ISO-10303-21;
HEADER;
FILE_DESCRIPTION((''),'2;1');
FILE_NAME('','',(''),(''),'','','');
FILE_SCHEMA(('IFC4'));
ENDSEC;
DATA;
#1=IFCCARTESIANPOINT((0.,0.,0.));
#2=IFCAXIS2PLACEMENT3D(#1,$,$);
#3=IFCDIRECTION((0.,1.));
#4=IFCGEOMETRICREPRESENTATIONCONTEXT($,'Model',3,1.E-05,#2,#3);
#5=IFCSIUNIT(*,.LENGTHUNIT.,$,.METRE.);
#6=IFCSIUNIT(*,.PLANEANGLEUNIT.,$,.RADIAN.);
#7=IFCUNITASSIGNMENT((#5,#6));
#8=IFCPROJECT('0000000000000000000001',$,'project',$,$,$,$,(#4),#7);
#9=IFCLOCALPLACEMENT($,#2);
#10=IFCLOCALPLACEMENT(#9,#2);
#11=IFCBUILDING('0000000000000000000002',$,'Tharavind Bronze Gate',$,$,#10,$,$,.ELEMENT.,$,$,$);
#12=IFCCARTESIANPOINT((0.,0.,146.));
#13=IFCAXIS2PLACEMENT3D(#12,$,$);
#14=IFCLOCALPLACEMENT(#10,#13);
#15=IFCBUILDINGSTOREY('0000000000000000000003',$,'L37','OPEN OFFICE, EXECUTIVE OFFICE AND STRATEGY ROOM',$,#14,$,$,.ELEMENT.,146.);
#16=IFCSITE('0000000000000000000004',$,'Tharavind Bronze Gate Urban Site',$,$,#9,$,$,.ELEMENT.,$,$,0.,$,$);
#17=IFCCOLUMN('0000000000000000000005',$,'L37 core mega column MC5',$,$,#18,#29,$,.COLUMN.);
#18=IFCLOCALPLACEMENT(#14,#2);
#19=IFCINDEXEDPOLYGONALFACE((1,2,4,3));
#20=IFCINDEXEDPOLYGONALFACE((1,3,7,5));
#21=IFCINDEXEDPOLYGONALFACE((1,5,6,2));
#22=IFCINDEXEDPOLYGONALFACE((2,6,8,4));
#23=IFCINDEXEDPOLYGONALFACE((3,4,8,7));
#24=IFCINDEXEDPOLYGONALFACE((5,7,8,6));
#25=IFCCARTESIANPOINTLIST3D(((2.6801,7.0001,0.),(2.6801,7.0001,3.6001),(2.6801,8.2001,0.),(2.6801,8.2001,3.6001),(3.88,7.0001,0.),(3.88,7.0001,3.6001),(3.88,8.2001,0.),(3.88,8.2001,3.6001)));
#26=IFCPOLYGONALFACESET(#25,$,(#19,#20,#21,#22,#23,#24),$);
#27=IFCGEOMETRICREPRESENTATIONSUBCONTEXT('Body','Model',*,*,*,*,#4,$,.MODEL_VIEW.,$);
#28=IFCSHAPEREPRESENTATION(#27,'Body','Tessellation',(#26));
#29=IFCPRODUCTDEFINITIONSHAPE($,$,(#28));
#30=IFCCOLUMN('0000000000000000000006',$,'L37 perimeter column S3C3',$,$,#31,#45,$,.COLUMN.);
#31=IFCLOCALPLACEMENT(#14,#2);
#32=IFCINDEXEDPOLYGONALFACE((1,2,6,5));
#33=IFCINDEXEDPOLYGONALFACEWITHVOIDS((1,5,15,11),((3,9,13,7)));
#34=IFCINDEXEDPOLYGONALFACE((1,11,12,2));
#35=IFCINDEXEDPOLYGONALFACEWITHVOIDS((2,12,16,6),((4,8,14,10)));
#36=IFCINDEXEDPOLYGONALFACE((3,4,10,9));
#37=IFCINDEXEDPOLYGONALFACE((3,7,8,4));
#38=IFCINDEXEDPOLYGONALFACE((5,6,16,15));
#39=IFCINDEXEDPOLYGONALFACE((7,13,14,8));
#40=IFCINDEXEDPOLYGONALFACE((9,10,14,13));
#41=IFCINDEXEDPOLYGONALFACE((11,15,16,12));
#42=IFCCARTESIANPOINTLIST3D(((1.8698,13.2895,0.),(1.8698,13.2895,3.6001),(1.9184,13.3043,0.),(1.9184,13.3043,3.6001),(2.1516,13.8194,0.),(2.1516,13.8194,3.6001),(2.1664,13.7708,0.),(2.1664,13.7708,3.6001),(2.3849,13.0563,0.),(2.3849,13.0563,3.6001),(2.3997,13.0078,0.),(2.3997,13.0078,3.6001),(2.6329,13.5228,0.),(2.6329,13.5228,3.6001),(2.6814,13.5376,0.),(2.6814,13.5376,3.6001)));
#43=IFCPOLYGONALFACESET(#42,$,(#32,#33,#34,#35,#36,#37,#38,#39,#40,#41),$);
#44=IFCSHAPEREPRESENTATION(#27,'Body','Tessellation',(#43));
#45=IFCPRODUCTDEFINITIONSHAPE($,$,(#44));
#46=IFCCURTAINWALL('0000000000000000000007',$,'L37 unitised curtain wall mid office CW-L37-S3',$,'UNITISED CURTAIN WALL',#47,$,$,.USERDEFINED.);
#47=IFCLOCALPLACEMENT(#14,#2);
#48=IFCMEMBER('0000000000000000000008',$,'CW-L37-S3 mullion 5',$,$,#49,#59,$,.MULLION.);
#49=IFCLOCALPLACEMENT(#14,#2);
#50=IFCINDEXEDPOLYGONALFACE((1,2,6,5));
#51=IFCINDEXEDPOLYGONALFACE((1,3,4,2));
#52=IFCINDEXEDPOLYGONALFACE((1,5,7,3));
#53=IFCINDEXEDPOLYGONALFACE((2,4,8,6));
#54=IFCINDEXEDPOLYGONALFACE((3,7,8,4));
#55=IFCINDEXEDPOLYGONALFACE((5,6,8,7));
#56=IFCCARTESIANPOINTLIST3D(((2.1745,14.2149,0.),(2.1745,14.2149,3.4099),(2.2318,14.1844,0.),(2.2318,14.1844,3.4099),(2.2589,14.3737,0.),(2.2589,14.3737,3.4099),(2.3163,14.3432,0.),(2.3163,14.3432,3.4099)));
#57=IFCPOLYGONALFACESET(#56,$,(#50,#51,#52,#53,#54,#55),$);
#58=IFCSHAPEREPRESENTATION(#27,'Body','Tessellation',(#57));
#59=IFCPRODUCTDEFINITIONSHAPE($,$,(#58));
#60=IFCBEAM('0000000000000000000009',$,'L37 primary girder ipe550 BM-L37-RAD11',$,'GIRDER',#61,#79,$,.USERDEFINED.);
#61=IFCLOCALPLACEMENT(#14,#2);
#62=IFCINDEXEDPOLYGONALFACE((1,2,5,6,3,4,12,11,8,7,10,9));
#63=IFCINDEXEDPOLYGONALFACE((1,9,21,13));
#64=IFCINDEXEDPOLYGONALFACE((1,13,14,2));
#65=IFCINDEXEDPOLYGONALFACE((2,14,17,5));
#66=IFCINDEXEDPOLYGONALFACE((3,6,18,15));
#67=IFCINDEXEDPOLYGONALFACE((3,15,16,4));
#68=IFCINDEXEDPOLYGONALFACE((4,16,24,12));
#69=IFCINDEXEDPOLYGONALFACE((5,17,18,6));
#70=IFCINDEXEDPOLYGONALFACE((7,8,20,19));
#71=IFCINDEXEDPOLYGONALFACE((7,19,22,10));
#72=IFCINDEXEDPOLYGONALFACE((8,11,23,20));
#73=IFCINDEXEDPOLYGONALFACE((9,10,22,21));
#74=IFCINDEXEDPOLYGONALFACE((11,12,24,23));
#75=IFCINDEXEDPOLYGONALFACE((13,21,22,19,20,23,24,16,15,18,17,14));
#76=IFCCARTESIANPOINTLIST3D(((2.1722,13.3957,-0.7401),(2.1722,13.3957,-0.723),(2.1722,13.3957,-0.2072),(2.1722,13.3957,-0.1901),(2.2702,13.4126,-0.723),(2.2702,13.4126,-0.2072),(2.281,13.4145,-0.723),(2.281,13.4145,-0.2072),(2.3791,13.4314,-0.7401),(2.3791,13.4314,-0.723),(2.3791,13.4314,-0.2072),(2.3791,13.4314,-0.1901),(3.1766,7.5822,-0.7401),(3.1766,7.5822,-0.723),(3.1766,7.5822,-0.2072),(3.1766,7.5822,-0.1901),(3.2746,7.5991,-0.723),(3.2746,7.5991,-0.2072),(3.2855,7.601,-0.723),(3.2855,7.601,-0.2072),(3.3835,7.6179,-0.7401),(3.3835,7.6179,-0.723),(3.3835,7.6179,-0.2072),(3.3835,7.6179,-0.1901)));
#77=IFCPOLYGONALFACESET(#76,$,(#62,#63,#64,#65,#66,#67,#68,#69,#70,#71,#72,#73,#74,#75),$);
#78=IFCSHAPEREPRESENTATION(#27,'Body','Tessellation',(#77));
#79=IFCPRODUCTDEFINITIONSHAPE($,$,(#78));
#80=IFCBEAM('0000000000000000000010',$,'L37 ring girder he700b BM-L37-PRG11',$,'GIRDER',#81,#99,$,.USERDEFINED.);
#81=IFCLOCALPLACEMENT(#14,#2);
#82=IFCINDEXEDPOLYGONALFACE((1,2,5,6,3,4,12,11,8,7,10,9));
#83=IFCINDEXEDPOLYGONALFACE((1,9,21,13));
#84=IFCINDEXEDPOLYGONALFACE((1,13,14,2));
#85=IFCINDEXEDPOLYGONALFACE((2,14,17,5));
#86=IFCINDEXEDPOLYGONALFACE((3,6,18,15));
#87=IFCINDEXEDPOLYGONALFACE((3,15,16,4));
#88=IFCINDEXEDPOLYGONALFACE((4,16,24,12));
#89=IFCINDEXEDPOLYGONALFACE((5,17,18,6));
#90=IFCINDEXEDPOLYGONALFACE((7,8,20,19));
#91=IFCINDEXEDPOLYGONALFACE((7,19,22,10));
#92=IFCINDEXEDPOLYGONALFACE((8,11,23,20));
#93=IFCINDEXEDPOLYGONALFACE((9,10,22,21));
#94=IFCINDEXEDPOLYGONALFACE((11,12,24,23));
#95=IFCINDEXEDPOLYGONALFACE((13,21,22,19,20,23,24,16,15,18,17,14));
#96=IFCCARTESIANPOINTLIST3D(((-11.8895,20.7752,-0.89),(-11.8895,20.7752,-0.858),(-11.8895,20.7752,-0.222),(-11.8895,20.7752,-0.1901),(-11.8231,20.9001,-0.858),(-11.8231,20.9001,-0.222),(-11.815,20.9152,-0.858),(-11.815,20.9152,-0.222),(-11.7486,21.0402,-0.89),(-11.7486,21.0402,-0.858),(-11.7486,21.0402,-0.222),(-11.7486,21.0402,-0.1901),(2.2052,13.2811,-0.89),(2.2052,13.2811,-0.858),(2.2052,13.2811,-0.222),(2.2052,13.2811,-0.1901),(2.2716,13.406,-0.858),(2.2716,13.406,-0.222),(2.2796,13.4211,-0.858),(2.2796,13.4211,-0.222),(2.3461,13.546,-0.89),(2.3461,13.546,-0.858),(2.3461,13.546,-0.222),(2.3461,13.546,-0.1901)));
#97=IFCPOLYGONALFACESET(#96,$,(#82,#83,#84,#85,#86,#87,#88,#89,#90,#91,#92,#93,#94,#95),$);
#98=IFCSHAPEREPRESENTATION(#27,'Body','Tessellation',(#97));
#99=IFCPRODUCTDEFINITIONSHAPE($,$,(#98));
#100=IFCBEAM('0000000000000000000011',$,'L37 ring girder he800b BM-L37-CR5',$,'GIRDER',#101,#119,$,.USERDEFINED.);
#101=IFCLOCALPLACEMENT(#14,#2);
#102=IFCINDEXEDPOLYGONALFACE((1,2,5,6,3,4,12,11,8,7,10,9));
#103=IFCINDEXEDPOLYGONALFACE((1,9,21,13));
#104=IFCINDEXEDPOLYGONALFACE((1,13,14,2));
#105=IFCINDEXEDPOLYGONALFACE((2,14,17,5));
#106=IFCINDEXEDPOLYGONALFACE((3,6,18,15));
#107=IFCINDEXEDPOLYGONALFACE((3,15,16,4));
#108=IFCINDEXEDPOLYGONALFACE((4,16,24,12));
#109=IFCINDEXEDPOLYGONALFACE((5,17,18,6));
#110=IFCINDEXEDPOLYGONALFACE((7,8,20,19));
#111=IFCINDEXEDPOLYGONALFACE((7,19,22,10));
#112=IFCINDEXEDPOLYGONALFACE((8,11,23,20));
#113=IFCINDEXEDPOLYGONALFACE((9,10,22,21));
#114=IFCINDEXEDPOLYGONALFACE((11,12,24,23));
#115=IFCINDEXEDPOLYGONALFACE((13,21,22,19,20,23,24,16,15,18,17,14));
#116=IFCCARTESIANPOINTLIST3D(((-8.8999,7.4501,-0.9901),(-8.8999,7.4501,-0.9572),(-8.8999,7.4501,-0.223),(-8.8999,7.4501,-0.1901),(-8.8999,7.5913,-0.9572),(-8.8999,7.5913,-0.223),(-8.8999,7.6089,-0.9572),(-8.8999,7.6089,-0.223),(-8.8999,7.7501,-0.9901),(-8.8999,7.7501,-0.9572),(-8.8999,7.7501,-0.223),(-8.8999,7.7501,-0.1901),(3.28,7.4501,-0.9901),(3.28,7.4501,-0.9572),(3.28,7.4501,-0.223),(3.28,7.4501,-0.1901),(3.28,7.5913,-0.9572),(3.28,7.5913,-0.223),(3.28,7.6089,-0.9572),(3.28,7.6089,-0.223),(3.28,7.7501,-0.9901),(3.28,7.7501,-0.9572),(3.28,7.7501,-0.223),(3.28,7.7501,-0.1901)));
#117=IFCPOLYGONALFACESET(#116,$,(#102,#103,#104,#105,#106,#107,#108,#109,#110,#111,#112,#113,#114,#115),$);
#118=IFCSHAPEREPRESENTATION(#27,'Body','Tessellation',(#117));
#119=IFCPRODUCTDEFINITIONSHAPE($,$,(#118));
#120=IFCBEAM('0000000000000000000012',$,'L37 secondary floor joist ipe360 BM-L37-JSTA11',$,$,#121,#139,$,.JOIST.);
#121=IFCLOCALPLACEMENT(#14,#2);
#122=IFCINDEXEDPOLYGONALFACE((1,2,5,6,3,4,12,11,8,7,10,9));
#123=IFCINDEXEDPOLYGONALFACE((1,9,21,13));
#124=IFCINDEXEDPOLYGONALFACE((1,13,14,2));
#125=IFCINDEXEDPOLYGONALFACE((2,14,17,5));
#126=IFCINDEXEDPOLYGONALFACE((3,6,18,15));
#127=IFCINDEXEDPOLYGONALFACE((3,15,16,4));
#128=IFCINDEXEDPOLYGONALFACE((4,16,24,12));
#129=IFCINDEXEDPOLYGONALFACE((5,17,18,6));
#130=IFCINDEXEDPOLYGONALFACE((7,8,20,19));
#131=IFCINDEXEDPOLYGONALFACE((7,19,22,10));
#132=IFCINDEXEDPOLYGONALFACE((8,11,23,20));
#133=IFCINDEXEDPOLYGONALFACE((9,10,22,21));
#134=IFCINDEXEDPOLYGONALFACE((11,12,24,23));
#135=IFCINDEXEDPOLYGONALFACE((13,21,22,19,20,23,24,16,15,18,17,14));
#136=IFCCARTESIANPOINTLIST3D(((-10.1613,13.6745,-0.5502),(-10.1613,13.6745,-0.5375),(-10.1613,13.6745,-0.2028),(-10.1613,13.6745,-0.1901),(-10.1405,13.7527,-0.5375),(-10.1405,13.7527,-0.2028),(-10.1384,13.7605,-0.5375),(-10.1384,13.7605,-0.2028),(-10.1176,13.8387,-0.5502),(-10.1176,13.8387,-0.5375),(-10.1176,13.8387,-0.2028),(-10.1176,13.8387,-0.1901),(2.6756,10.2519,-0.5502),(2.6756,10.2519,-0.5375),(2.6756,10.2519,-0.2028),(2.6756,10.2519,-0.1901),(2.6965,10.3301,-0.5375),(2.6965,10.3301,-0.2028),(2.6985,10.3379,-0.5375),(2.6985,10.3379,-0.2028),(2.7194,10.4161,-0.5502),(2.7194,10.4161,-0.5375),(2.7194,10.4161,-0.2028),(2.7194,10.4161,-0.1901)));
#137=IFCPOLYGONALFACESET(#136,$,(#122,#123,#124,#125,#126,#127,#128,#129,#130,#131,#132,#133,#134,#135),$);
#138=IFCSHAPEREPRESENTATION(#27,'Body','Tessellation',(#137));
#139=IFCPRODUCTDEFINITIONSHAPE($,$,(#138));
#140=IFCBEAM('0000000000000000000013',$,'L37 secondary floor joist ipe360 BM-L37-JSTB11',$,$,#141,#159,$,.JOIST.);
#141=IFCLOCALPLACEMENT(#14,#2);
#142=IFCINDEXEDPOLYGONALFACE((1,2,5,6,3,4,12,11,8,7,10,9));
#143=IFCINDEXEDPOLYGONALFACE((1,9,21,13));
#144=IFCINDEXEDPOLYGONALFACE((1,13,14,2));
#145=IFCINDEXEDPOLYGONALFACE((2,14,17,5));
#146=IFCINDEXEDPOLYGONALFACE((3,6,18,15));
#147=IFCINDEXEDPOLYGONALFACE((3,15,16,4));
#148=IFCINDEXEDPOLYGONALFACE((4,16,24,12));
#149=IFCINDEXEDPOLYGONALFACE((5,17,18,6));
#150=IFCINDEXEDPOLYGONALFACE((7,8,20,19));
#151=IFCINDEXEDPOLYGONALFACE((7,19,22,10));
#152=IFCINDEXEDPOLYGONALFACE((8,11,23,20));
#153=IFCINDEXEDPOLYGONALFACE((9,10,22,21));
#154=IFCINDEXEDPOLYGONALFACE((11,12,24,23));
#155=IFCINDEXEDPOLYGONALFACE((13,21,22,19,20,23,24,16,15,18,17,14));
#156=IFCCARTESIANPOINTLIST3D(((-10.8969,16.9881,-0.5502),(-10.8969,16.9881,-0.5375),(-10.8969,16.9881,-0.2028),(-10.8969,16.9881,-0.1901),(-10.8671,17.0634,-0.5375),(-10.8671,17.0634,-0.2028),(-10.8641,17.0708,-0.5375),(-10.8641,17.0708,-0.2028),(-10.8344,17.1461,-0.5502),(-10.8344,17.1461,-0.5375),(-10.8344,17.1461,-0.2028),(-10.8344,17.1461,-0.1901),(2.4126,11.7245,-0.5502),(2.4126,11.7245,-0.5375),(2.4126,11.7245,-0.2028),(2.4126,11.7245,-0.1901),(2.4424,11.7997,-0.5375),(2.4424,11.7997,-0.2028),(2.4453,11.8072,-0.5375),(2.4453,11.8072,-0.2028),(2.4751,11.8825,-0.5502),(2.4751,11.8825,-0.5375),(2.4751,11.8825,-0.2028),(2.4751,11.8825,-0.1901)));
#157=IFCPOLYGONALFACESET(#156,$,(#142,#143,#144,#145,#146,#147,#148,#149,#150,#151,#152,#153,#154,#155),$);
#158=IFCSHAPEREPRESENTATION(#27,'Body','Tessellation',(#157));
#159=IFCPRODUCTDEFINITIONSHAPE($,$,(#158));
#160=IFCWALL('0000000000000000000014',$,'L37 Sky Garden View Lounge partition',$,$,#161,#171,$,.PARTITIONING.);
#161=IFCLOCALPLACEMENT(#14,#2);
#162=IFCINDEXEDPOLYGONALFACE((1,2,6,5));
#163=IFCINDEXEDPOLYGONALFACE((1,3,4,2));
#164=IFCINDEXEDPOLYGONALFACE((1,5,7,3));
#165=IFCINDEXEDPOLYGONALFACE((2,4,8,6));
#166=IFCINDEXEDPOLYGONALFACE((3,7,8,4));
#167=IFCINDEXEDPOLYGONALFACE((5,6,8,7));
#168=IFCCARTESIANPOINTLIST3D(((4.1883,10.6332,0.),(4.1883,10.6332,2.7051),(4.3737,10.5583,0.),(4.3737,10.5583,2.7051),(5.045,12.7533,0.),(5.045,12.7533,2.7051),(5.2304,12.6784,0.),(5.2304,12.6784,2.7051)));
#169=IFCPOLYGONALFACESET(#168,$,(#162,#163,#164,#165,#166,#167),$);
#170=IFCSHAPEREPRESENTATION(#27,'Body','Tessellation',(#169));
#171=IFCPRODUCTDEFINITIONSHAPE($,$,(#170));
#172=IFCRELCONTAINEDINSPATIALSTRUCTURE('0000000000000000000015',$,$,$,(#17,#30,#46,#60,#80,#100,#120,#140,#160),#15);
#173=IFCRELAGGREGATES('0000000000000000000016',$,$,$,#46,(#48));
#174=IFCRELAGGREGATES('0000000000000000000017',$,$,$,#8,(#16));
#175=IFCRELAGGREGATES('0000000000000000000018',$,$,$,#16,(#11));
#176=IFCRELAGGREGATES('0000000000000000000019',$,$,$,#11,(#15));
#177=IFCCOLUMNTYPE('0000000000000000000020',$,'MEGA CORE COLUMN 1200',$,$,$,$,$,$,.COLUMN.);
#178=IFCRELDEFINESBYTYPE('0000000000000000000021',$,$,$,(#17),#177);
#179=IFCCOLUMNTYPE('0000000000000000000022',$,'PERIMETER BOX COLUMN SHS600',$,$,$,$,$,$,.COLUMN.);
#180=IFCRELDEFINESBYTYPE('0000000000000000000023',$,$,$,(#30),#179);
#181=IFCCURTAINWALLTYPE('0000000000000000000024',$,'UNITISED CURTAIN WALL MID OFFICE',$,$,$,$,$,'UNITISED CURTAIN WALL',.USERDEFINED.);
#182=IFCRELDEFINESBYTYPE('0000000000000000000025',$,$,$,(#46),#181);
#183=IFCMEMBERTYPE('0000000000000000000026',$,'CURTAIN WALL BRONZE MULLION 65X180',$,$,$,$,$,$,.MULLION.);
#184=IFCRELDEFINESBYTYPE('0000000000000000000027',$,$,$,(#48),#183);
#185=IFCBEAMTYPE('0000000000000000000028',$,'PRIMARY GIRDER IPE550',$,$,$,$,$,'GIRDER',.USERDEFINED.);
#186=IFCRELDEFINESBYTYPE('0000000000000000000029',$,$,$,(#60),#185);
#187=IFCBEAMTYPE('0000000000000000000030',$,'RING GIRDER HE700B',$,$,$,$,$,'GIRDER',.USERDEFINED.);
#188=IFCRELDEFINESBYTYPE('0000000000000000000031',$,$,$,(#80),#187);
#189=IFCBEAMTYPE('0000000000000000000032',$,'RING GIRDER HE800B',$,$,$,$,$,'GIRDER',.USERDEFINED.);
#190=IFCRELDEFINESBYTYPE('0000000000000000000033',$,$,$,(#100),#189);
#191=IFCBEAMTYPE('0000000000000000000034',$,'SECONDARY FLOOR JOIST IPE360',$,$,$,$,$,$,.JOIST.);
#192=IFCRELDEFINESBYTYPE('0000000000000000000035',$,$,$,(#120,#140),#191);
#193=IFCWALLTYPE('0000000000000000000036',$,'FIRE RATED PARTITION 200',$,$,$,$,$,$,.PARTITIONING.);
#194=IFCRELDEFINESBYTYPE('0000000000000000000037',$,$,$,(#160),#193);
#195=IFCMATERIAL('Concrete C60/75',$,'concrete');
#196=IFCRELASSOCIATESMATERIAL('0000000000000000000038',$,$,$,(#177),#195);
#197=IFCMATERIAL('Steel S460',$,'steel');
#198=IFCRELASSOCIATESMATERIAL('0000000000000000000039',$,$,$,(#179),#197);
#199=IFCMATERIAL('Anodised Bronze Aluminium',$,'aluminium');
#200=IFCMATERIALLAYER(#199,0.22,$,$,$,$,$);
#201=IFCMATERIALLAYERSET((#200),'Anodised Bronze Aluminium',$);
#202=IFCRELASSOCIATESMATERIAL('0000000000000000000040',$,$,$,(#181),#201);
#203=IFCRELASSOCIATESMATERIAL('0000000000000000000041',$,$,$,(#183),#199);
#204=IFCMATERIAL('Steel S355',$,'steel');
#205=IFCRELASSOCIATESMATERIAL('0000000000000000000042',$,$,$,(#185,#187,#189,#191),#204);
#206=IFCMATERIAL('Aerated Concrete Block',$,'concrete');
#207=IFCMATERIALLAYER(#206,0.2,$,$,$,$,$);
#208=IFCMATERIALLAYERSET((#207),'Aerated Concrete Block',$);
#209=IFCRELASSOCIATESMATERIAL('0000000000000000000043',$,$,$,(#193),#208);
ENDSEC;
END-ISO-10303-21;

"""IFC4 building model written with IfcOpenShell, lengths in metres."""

from ifc_helpers import new_model, si_unit, direction, frame, frame_2d, origin, origin_2d, place, context, subcontext, project, spatial, rectangle, hollow_rectangle, i_section, extrude, material, layer, layer_set, material_profile, profile_set, type_object, element, aggregate, save


model = new_model("IFC4")

# Units and contexts
model_context = context("Model", 3, precision=1e-05, world=origin(), true_north=direction((0.0, 1.0)))
body_context = subcontext(model_context, "Body", "Model", "MODEL_VIEW")
ifc_project = project(units=[si_unit("LENGTHUNIT", "METRE"), si_unit("PLANEANGLEUNIT", "RADIAN")], contexts=[model_context])

# Site, building, storey
site_placement = place(None, origin())
site = spatial("IfcSite", under=ifc_project, at=site_placement, Name="Tharavind Bronze Gate Urban Site", CompositionType="ELEMENT", RefElevation=0.0)
building_placement = place(site_placement, origin())
building = spatial("IfcBuilding", under=site, at=building_placement, Name="Tharavind Bronze Gate", CompositionType="ELEMENT")
storey_placement = place(building_placement, frame((0.0, 0.0, 146.0)))
storey = spatial("IfcBuildingStorey", under=building, at=storey_placement, Name="L37", Description="OPEN OFFICE, EXECUTIVE OFFICE AND STRATEGY ROOM", CompositionType="ELEMENT", Elevation=146.0)

# Columns
ifc_material_1 = material(Name="Concrete C60/75", Category="concrete")
ifc_material_profile_1 = material_profile(ifc_material_1, rectangle(XDim=1.2, YDim=1.2, at=origin_2d()), Name="RCCOL1200")
ifc_profile_set_1 = profile_set([ifc_material_profile_1], Name="Concrete C60/75")
column_type_1 = type_object("IfcColumnType", Name="MEGA CORE COLUMN 1200", PredefinedType="COLUMN", material=ifc_profile_set_1)
column_1_placement = place(storey_placement, frame((3.28, 7.6001, 0.0), z_axis=(0.0, 0.0, 1.0), x_axis=(1.0, 0.0, 0.0)))
element("IfcColumn", 1, at=column_1_placement, inside=storey, type_object=column_type_1, Name="L37 core mega column MC5", PredefinedType="COLUMN", context=body_context, shape_type="SweptSolid", body=[
    extrude(rectangle(XDim=1.2, YDim=1.2, at=origin_2d()), origin(), (0.0, 0.0, 1.0), 3.6001),
])
ifc_material_2 = material(Name="Steel S460", Category="steel")
ifc_material_profile_2 = material_profile(ifc_material_2, hollow_rectangle(XDim=0.6001, YDim=0.6001, WallThickness=0.0359, at=origin_2d()), Name="SHS600X36")
ifc_profile_set_2 = profile_set([ifc_material_profile_2], Name="Steel S460")
column_type_2 = type_object("IfcColumnType", Name="PERIMETER BOX COLUMN SHS600", PredefinedType="COLUMN", material=ifc_profile_set_2)
column_2_placement = place(storey_placement, frame((2.2756, 13.4136, 0.0), z_axis=(0.0, 0.0, 1.0), x_axis=(-0.882948, 0.46947, 0.0)))
element("IfcColumn", 2, at=column_2_placement, inside=storey, type_object=column_type_2, Name="L37 perimeter column S3C3", PredefinedType="COLUMN", context=body_context, shape_type="SweptSolid", body=[
    extrude(hollow_rectangle(XDim=0.6001, YDim=0.6001, WallThickness=0.0359, at=origin_2d()), origin(), (0.0, 0.0, 1.0), 3.6001),
])

# Curtain wall, member
ifc_material_3 = material(Name="Anodised Bronze Aluminium", Category="aluminium")
ifc_layer_1 = layer(ifc_material_3, 0.22)
ifc_layer_set_1 = layer_set([ifc_layer_1], Name="Anodised Bronze Aluminium")
curtain_wall_type = type_object("IfcCurtainWallType", Name="UNITISED CURTAIN WALL MID OFFICE", ElementType="UNITISED CURTAIN WALL", PredefinedType="USERDEFINED", material=ifc_layer_set_1)
curtain_wall_placement = place(storey_placement, origin())
curtain_wall = element("IfcCurtainWall", 3, at=curtain_wall_placement, inside=storey, type_object=curtain_wall_type, Name="L37 unitised curtain wall mid office CW-L37-S3", ObjectType="UNITISED CURTAIN WALL", PredefinedType="USERDEFINED")
member_type = type_object("IfcMemberType", Name="CURTAIN WALL BRONZE MULLION 65X180", PredefinedType="MULLION", material=ifc_material_3)
member_placement = place(storey_placement, frame((2.2454, 14.2791, 0.0), z_axis=(0.0, 0.0, 1.0), x_axis=(-0.882948, 0.469472, 0.0)))
member = element("IfcMember", 4, at=member_placement, type_object=member_type, Name="CW-L37-S3 mullion 5", PredefinedType="MULLION", context=body_context, shape_type="SweptSolid", body=[
    extrude(rectangle(XDim=0.0649, YDim=0.1799, at=origin_2d()), origin(), (0.0, 0.0, 1.0), 3.4099),
])
aggregate(curtain_wall, [member])

# Beams
ifc_material_4 = material(Name="Steel S355", Category="steel")
ifc_material_profile_3 = material_profile(ifc_material_4, i_section(OverallWidth=0.21, OverallDepth=0.55, WebThickness=0.011, FlangeThickness=0.0171, at=origin_2d()), Name="IPE550")
ifc_profile_set_3 = profile_set([ifc_material_profile_3], Name="Steel S355")
beam_type_1 = type_object("IfcBeamType", Name="PRIMARY GIRDER IPE550", ElementType="GIRDER", PredefinedType="USERDEFINED", material=ifc_profile_set_3)
beam_1_placement = place(storey_placement, frame((2.2756, 13.4136, -0.4651), z_axis=(0.170248, -0.985401, 0.0), x_axis=(0.985401, 0.170248, 0.0)))
element("IfcBeam", 5, at=beam_1_placement, inside=storey, type_object=beam_type_1, Name="L37 primary girder ipe550 BM-L37-RAD11", ObjectType="GIRDER", PredefinedType="USERDEFINED", context=body_context, shape_type="SweptSolid", body=[
    extrude(i_section(OverallWidth=0.21, OverallDepth=0.55, WebThickness=0.011, FlangeThickness=0.0171, at=origin_2d()), origin(), (0.0, 0.0, 1.0), 5.8997),
])
ifc_material_profile_4 = material_profile(ifc_material_4, i_section(OverallWidth=0.3, OverallDepth=0.7, WebThickness=0.0171, FlangeThickness=0.032, at=origin_2d()), Name="HE700B")
ifc_profile_set_4 = profile_set([ifc_material_profile_4], Name="Steel S355")
beam_type_2 = type_object("IfcBeamType", Name="RING GIRDER HE700B", ElementType="GIRDER", PredefinedType="USERDEFINED", material=ifc_profile_set_4)
beam_2_placement = place(storey_placement, frame((2.2756, 13.4136, -0.54), z_axis=(-0.882952, 0.469464, 0.0), x_axis=(-0.469464, -0.882952, 0.0)))
element("IfcBeam", 6, at=beam_2_placement, inside=storey, type_object=beam_type_2, Name="L37 ring girder he700b BM-L37-PRG11", ObjectType="GIRDER", PredefinedType="USERDEFINED", context=body_context, shape_type="SweptSolid", body=[
    extrude(i_section(OverallWidth=0.3, OverallDepth=0.7, WebThickness=0.0171, FlangeThickness=0.032, at=origin_2d()), origin(), (0.0, 0.0, 1.0), 15.9631),
])
ifc_material_profile_5 = material_profile(ifc_material_4, i_section(OverallWidth=0.3, OverallDepth=0.8, WebThickness=0.0176, FlangeThickness=0.033, at=origin_2d()), Name="HE800B")
ifc_profile_set_5 = profile_set([ifc_material_profile_5], Name="Steel S355")
beam_type_3 = type_object("IfcBeamType", Name="RING GIRDER HE800B", ElementType="GIRDER", PredefinedType="USERDEFINED", material=ifc_profile_set_5)
beam_3_placement = place(storey_placement, frame((3.28, 7.6001, -0.5901), z_axis=(-1.0, 0.0, 0.0), x_axis=(0.0, -1.0, 0.0)))
element("IfcBeam", 7, at=beam_3_placement, inside=storey, type_object=beam_type_3, Name="L37 ring girder he800b BM-L37-CR5", ObjectType="GIRDER", PredefinedType="USERDEFINED", context=body_context, shape_type="SweptSolid", body=[
    extrude(i_section(OverallWidth=0.3, OverallDepth=0.8, WebThickness=0.0176, FlangeThickness=0.033, at=origin_2d()), origin(), (0.0, 0.0, 1.0), 12.1799),
])
ifc_material_profile_6 = material_profile(ifc_material_4, i_section(OverallWidth=0.1699, OverallDepth=0.3601, WebThickness=0.0081, FlangeThickness=0.0127, at=origin_2d()), Name="IPE360")
ifc_profile_set_6 = profile_set([ifc_material_profile_6], Name="Steel S355")
beam_type_4 = type_object("IfcBeamType", Name="SECONDARY FLOOR JOIST IPE360", PredefinedType="JOIST", material=ifc_profile_set_6)
beam_4_placement = place(storey_placement, frame((2.6975, 10.334, -0.3701), z_axis=(-0.966246, 0.257623, 0.0), x_axis=(-0.257623, -0.966246, 0.0)))
element("IfcBeam", 8, at=beam_4_placement, inside=storey, type_object=beam_type_4, Name="L37 secondary floor joist ipe360 BM-L37-JSTA11", PredefinedType="JOIST", context=body_context, shape_type="SweptSolid", body=[
    extrude(i_section(OverallWidth=0.1699, OverallDepth=0.3601, WebThickness=0.0081, FlangeThickness=0.0127, at=origin_2d()), origin(), (0.0, 0.0, 1.0), 13.2854),
])
beam_5_placement = place(storey_placement, frame((2.4438, 11.8035, -0.3701), z_axis=(-0.929919, 0.367765, 0.0), x_axis=(-0.367765, -0.929919, 0.0)))
element("IfcBeam", 9, at=beam_5_placement, inside=storey, type_object=beam_type_4, Name="L37 secondary floor joist ipe360 BM-L37-JSTB11", PredefinedType="JOIST", context=body_context, shape_type="SweptSolid", body=[
    extrude(i_section(OverallWidth=0.1699, OverallDepth=0.3601, WebThickness=0.0081, FlangeThickness=0.0127, at=origin_2d()), origin(), (0.0, 0.0, 1.0), 14.3125),
])

# Wall
ifc_material_5 = material(Name="Aerated Concrete Block", Category="concrete")
ifc_layer_2 = layer(ifc_material_5, 0.2)
ifc_layer_set_2 = layer_set([ifc_layer_2], Name="Aerated Concrete Block")
wall_type_1 = type_object("IfcWallType", Name="FIRE RATED PARTITION 200", PredefinedType="PARTITIONING", material=ifc_layer_set_2)
wall_1_placement = place(storey_placement, frame((5.1377, 12.7158, 0.0), z_axis=(0.0, 0.0, 1.0), x_axis=(-0.374647, -0.927168, 0.0)))
element("IfcWall", 10, at=wall_1_placement, inside=storey, type_object=wall_type_1, Name="L37 Sky Garden View Lounge partition", PredefinedType="PARTITIONING", context=body_context, shape_type="SweptSolid", body=[
    extrude(rectangle(XDim=2.2866, YDim=0.2, at=frame_2d((1.1433, 0.0))), origin(), (0.0, 0.0, 1.0), 2.7051),
])

save(model, "model.ifc")
